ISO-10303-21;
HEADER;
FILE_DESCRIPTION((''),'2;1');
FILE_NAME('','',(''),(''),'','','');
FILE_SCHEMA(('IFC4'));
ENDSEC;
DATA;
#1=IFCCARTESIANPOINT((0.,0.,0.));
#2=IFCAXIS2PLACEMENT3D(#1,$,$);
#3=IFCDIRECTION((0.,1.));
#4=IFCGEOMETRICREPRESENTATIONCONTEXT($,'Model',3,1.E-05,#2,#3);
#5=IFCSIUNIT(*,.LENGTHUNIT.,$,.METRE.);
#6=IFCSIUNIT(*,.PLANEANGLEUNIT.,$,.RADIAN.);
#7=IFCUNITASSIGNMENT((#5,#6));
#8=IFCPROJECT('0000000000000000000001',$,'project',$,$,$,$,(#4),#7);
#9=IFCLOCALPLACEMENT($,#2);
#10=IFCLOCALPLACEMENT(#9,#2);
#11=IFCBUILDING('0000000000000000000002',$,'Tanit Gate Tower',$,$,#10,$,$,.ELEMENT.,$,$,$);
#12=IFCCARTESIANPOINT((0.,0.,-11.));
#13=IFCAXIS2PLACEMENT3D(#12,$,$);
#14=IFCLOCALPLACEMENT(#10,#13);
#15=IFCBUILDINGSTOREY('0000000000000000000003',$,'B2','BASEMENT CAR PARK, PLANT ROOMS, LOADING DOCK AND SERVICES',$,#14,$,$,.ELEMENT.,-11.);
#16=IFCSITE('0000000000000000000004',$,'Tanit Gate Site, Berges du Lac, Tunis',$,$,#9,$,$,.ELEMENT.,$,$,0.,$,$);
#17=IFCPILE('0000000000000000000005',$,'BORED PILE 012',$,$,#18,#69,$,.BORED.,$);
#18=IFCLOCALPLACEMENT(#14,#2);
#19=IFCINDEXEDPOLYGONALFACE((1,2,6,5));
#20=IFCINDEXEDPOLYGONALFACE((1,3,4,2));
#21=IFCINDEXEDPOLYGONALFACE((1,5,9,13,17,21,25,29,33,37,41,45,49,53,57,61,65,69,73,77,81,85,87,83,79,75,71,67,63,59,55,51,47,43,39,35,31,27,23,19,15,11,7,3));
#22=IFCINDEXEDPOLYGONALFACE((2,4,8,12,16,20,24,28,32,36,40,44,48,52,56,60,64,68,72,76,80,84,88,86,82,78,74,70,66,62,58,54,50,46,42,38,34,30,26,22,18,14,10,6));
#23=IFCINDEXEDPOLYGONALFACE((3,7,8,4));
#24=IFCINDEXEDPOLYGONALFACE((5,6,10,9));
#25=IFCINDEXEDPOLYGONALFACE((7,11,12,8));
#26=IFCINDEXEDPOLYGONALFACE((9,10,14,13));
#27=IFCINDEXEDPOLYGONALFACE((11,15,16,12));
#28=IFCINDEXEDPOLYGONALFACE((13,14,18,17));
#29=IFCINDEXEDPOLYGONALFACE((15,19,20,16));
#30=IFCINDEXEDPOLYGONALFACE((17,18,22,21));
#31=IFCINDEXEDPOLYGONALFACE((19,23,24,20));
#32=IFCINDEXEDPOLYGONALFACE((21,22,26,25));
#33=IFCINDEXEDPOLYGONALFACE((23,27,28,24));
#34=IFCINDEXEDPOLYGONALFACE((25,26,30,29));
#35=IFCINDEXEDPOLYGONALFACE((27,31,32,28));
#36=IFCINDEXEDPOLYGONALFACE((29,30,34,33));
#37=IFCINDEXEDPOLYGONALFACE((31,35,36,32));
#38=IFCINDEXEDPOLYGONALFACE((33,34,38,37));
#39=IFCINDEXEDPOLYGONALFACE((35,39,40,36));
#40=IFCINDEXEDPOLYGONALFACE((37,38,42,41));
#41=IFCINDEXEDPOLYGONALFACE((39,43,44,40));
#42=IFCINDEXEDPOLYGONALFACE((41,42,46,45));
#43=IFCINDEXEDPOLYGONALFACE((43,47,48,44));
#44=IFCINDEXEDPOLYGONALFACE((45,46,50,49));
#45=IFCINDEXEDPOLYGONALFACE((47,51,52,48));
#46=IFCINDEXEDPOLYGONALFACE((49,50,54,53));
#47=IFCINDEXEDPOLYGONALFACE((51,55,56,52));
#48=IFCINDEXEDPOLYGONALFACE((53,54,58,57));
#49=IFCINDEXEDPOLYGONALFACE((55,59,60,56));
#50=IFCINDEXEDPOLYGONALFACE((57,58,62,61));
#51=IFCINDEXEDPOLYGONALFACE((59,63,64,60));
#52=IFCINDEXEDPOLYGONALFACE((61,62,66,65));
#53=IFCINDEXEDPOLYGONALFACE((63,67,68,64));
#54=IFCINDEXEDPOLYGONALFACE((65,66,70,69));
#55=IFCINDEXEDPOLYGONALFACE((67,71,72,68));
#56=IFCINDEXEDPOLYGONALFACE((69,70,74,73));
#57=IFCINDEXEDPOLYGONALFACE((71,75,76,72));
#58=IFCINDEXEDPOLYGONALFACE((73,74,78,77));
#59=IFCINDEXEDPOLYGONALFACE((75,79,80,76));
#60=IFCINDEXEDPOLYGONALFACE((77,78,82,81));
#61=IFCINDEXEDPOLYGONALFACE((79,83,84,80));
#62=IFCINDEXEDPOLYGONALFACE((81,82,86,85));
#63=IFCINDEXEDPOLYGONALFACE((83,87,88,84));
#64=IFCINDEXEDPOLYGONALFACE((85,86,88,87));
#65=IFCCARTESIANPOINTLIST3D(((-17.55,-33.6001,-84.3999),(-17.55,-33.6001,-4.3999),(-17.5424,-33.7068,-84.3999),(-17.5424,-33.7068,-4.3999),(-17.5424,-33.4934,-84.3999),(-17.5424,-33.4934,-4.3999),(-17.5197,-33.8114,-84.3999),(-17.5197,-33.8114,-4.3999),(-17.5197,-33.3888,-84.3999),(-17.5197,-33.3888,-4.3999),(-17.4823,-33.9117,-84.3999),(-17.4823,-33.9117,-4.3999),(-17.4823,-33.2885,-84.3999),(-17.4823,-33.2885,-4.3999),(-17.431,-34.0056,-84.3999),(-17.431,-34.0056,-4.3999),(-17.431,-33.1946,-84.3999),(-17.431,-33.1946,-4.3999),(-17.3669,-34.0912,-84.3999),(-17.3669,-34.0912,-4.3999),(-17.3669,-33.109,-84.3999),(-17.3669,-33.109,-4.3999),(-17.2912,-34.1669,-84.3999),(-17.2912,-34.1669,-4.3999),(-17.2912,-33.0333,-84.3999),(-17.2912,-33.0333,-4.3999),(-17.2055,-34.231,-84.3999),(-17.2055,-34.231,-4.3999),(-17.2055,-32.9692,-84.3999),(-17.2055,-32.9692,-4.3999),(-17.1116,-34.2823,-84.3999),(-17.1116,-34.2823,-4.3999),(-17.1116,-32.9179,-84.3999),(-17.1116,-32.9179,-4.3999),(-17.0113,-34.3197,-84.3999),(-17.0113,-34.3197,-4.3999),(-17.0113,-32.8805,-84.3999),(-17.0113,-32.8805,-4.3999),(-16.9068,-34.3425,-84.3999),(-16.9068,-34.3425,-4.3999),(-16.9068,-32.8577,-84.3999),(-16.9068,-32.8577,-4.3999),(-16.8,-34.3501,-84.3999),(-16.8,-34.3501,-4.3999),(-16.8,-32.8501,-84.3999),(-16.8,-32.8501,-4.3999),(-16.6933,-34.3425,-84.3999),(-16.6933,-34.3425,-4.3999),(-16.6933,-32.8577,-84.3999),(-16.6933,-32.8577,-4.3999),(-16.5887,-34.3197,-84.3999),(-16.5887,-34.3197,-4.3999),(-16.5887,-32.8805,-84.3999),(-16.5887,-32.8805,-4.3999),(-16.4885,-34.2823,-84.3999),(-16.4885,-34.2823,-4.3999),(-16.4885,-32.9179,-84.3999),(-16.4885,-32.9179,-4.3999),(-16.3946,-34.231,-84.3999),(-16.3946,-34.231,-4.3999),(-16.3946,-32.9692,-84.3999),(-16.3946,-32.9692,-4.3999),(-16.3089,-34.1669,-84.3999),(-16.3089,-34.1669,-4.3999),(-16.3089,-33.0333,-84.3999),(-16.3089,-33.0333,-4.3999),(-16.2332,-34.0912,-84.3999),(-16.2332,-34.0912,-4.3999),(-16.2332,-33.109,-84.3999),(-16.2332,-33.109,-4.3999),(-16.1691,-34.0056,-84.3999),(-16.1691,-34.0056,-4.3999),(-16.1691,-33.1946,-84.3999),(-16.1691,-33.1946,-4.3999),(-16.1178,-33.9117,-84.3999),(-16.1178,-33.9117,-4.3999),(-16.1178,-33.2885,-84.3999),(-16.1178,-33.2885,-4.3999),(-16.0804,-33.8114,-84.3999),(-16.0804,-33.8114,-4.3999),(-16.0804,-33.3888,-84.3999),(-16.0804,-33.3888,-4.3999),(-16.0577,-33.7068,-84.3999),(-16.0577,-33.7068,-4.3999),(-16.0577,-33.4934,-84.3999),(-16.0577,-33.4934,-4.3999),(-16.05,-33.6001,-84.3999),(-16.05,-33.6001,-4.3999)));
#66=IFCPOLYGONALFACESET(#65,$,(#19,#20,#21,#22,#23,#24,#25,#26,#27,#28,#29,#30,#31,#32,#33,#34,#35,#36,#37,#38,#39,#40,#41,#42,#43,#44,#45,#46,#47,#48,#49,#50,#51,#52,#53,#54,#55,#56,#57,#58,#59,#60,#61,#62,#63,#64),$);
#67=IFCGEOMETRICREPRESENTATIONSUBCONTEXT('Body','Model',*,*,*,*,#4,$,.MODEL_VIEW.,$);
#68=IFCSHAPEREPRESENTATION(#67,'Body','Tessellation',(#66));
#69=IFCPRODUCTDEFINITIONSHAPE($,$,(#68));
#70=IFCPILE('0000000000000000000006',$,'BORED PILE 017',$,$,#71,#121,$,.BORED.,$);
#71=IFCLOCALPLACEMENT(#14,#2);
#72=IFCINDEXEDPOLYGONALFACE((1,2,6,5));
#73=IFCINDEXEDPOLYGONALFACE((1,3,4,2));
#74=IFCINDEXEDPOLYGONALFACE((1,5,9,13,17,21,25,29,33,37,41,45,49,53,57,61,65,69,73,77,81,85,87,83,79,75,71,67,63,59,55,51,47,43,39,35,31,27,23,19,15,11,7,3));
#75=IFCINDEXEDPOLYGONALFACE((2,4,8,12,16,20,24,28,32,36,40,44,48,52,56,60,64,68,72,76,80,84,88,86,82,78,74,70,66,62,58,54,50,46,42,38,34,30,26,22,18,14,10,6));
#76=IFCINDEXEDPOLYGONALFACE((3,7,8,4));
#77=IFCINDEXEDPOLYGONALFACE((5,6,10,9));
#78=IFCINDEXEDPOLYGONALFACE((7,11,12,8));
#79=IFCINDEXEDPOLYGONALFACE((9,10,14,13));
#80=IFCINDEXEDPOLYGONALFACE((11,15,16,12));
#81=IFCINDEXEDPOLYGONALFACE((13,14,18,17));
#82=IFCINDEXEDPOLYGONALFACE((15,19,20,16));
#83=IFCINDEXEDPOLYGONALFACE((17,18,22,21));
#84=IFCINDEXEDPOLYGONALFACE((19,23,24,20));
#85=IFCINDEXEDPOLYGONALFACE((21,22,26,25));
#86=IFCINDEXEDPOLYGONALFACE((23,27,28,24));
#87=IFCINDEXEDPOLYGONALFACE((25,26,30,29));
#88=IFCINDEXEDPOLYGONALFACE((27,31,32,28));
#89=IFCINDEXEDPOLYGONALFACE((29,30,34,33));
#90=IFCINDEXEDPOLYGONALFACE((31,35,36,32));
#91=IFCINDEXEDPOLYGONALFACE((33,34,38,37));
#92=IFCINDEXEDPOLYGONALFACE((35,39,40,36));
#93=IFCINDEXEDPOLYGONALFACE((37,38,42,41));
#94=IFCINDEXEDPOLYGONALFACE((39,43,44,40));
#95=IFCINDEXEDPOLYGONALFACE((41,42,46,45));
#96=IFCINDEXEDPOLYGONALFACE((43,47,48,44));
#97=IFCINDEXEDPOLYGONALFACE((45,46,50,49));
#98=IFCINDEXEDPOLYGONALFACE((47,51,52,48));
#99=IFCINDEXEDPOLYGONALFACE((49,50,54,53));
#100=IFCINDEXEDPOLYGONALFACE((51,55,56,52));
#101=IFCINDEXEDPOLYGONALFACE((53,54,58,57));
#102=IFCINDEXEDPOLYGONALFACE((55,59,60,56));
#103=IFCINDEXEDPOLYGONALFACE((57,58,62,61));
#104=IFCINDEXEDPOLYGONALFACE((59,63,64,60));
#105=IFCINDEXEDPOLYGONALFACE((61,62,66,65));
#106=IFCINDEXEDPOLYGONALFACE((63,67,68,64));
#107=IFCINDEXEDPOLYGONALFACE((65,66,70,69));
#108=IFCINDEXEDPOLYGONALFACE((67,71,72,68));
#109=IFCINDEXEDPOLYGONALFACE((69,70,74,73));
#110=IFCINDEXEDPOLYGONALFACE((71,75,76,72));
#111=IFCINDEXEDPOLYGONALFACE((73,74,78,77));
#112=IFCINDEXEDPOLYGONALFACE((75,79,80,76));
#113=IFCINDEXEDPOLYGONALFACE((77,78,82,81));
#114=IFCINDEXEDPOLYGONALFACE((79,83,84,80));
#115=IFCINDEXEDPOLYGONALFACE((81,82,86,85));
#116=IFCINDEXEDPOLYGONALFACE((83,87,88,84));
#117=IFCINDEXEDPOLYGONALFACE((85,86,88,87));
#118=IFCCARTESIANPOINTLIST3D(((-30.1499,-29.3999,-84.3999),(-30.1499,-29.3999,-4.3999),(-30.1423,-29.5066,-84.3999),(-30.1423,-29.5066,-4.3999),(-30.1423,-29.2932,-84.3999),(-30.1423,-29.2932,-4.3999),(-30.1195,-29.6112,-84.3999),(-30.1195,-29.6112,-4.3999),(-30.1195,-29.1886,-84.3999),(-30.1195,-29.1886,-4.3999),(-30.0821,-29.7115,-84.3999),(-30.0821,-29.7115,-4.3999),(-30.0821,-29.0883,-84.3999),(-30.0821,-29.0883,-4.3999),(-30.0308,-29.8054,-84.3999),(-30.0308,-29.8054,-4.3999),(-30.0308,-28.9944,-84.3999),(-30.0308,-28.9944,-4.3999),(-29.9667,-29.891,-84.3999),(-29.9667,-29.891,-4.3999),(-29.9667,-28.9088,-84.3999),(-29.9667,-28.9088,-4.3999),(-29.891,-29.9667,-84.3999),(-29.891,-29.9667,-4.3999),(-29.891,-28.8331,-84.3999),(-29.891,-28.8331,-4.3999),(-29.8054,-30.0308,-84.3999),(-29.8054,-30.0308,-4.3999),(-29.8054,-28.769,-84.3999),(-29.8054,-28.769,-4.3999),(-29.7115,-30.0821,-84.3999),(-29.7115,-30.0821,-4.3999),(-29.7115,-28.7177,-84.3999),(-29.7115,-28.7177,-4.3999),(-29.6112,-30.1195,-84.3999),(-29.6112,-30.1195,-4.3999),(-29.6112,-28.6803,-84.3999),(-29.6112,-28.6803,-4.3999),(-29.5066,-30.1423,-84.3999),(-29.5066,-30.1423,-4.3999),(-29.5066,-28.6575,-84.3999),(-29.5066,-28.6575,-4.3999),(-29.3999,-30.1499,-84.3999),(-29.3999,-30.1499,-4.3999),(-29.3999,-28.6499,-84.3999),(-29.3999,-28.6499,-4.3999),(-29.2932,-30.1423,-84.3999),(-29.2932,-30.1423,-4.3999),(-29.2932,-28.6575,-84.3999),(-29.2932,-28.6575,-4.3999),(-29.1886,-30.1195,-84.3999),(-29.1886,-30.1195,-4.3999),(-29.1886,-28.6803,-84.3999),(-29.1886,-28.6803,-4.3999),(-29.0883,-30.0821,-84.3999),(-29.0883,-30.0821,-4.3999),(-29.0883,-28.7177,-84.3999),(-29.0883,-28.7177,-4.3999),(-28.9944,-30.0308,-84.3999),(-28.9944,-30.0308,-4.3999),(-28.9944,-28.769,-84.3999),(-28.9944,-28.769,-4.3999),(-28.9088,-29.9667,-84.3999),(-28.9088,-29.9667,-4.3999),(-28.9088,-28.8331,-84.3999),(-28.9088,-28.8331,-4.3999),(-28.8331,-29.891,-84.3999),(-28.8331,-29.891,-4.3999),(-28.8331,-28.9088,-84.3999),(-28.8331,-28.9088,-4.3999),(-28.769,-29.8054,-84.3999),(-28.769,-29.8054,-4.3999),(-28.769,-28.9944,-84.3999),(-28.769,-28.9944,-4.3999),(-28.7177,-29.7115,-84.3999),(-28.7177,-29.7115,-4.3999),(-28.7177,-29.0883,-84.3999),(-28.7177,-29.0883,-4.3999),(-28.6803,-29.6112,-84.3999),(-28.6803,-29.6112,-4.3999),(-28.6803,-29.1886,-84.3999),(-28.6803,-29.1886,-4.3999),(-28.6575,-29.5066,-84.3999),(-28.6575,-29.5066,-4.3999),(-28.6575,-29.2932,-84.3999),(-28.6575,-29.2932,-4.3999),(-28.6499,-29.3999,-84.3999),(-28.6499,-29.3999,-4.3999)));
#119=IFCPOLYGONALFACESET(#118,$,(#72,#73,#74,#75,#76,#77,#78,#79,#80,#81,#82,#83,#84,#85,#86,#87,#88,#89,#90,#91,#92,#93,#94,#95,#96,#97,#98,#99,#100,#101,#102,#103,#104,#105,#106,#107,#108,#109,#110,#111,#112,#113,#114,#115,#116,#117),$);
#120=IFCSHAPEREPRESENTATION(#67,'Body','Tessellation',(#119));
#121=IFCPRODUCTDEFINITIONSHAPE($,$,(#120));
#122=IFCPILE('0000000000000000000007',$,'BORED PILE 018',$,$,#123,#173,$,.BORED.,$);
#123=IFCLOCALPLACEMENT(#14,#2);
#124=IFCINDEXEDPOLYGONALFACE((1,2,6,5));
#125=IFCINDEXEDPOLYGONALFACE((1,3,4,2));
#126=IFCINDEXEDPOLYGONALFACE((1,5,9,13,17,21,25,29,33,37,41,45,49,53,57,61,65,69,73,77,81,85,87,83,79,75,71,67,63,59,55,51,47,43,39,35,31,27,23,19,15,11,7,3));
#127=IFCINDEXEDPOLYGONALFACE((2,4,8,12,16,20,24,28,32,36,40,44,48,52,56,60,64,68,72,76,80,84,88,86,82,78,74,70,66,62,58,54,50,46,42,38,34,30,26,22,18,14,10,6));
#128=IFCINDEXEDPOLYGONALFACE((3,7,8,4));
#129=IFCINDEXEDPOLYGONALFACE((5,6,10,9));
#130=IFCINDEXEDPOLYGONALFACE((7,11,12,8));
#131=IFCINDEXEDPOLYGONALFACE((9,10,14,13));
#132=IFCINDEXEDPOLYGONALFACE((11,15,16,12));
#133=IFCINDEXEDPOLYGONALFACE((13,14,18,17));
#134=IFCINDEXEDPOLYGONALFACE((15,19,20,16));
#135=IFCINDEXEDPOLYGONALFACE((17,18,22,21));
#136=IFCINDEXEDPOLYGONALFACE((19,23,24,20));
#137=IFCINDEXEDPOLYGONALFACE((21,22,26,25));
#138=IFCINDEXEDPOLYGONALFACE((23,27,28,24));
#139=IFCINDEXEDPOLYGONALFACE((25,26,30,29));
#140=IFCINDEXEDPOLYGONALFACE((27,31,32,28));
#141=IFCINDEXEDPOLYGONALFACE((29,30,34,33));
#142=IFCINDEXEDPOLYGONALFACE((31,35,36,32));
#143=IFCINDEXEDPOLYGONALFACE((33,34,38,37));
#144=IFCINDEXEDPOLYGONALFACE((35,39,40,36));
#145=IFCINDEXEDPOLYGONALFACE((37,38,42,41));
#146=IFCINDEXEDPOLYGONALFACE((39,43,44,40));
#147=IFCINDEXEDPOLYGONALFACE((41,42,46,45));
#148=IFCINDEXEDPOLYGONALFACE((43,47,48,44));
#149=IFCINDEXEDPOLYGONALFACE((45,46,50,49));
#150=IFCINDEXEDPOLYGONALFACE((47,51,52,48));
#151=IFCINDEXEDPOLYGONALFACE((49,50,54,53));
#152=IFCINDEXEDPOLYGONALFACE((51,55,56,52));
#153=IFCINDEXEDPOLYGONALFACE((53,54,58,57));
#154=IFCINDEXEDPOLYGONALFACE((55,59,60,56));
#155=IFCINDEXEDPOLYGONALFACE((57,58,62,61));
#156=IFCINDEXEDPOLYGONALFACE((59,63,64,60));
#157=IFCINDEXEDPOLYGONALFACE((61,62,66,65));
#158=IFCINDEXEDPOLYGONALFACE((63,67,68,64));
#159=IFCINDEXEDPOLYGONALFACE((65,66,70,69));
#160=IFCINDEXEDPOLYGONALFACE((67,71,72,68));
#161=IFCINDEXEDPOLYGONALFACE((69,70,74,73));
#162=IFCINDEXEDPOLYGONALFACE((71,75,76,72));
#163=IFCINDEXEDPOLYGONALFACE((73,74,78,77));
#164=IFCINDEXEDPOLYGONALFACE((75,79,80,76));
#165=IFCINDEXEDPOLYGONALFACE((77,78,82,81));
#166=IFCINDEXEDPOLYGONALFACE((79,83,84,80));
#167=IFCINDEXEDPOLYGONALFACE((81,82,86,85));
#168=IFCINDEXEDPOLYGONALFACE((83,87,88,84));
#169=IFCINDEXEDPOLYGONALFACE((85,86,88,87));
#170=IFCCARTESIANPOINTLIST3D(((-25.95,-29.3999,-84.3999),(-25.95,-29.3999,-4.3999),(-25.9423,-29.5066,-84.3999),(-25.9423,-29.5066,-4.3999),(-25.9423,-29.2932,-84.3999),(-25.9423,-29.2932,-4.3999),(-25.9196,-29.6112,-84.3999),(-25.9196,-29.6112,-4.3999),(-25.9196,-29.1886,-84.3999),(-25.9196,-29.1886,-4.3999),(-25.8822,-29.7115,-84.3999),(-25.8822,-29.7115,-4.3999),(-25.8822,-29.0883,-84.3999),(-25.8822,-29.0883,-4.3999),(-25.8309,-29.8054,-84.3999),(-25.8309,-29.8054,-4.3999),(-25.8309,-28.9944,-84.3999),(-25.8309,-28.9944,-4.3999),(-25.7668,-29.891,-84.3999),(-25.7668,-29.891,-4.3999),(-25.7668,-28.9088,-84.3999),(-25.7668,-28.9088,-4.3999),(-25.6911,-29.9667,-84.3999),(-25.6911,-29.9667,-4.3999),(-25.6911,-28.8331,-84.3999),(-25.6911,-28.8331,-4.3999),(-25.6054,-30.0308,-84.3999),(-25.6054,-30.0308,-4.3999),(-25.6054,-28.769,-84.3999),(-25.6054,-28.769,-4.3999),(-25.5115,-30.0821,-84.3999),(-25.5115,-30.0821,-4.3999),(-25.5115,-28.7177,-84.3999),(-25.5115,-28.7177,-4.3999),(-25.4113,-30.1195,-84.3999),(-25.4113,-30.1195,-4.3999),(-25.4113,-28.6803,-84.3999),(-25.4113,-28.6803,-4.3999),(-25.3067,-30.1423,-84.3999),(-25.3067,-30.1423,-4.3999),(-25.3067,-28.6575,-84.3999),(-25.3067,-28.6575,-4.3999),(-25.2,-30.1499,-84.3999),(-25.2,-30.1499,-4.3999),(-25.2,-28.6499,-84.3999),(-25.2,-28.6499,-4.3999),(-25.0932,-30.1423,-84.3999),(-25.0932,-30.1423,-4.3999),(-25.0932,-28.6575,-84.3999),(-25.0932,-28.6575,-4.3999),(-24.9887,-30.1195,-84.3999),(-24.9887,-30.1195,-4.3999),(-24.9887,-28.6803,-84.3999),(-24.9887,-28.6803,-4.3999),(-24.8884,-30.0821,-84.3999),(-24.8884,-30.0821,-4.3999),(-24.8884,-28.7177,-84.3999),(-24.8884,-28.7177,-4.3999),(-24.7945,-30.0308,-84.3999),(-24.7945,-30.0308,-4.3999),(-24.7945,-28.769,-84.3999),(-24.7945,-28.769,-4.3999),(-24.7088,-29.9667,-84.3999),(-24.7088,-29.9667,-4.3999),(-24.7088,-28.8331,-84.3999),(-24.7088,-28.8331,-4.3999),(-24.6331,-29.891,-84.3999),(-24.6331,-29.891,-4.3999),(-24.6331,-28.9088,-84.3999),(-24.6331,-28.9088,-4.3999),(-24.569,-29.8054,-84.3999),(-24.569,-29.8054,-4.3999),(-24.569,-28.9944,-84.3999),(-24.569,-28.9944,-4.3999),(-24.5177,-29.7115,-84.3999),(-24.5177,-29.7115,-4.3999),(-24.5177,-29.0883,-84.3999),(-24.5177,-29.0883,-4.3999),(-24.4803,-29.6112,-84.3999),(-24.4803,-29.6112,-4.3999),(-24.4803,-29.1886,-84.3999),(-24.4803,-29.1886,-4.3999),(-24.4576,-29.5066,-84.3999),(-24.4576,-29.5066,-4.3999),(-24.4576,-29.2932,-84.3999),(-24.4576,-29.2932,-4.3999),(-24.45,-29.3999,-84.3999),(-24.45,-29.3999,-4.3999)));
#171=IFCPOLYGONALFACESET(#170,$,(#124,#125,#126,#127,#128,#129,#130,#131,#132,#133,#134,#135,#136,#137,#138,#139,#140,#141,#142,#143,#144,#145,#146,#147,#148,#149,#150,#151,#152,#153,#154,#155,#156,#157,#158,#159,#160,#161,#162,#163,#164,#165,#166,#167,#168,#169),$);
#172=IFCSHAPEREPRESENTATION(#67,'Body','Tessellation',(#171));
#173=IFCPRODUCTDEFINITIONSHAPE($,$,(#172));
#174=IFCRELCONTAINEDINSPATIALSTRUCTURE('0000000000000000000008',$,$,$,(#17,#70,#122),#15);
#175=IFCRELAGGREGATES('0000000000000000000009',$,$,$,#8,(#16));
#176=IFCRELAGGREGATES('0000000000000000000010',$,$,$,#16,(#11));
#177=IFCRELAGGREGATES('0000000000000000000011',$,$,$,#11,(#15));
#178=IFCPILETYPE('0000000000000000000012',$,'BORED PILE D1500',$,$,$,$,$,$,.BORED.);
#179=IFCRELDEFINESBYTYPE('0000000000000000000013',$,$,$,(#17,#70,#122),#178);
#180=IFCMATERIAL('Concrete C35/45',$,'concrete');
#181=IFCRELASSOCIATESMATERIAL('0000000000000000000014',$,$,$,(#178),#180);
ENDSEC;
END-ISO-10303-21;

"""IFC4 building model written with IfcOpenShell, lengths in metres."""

from ifc_helpers import new_model, si_unit, direction, frame, origin, origin_2d, place, context, subcontext, project, spatial, circle, extrude, material, material_profile, profile_set, type_object, element, save


model = new_model("IFC4")

# Units and contexts
model_context = context("Model", 3, precision=1e-05, world=origin(), true_north=direction((0.0, 1.0)))
body_context = subcontext(model_context, "Body", "Model", "MODEL_VIEW")
ifc_project = project(units=[si_unit("LENGTHUNIT", "METRE"), si_unit("PLANEANGLEUNIT", "RADIAN")], contexts=[model_context])

# Site, building, storey
site_placement = place(None, origin())
site = spatial("IfcSite", under=ifc_project, at=site_placement, Name="Tanit Gate Site, Berges du Lac, Tunis", CompositionType="ELEMENT", RefElevation=0.0)
building_placement = place(site_placement, origin())
building = spatial("IfcBuilding", under=site, at=building_placement, Name="Tanit Gate Tower", CompositionType="ELEMENT")
storey_placement = place(building_placement, frame((0.0, 0.0, -11.0)))
storey = spatial("IfcBuildingStorey", under=building, at=storey_placement, Name="B2", Description="BASEMENT CAR PARK, PLANT ROOMS, LOADING DOCK AND SERVICES", CompositionType="ELEMENT", Elevation=-11.0)

# Piles
ifc_material_1 = material(Name="Concrete C35/45", Category="concrete")
ifc_material_profile_1 = material_profile(ifc_material_1, circle(Radius=0.75, at=origin_2d()), Name="BORED PILE D1500 C35/45")
ifc_profile_set_1 = profile_set([ifc_material_profile_1], Name="Concrete C35/45")
pile_type = type_object("IfcPileType", Name="BORED PILE D1500", PredefinedType="BORED", material=ifc_profile_set_1)
for number, where, z_axis, x_axis, name in (
    (1, (-16.8, -33.6001, -4.3999), (0.0, 0.0, -1.0), (1.0, 0.0, 0.0), "BORED PILE 012"),
    (2, (-29.3999, -29.3999, -4.3999), (0.0, 0.0, -1.0), (1.0, 0.0, 0.0), "BORED PILE 017"),
    (3, (-25.2, -29.3999, -4.3999), (0.0, 0.0, -1.0), (1.0, 0.0, 0.0), "BORED PILE 018"),
):
    element("IfcPile", number, at=place(storey_placement, frame(where, z_axis=z_axis, x_axis=x_axis)), inside=storey, type_object=pile_type, Name=name, PredefinedType="BORED", context=body_context, shape_type="SweptSolid", body=[
        extrude(circle(Radius=0.75, at=origin_2d()), origin(), (0.0, 0.0, 1.0), 80.0),
    ])

save(model, "model.ifc")
